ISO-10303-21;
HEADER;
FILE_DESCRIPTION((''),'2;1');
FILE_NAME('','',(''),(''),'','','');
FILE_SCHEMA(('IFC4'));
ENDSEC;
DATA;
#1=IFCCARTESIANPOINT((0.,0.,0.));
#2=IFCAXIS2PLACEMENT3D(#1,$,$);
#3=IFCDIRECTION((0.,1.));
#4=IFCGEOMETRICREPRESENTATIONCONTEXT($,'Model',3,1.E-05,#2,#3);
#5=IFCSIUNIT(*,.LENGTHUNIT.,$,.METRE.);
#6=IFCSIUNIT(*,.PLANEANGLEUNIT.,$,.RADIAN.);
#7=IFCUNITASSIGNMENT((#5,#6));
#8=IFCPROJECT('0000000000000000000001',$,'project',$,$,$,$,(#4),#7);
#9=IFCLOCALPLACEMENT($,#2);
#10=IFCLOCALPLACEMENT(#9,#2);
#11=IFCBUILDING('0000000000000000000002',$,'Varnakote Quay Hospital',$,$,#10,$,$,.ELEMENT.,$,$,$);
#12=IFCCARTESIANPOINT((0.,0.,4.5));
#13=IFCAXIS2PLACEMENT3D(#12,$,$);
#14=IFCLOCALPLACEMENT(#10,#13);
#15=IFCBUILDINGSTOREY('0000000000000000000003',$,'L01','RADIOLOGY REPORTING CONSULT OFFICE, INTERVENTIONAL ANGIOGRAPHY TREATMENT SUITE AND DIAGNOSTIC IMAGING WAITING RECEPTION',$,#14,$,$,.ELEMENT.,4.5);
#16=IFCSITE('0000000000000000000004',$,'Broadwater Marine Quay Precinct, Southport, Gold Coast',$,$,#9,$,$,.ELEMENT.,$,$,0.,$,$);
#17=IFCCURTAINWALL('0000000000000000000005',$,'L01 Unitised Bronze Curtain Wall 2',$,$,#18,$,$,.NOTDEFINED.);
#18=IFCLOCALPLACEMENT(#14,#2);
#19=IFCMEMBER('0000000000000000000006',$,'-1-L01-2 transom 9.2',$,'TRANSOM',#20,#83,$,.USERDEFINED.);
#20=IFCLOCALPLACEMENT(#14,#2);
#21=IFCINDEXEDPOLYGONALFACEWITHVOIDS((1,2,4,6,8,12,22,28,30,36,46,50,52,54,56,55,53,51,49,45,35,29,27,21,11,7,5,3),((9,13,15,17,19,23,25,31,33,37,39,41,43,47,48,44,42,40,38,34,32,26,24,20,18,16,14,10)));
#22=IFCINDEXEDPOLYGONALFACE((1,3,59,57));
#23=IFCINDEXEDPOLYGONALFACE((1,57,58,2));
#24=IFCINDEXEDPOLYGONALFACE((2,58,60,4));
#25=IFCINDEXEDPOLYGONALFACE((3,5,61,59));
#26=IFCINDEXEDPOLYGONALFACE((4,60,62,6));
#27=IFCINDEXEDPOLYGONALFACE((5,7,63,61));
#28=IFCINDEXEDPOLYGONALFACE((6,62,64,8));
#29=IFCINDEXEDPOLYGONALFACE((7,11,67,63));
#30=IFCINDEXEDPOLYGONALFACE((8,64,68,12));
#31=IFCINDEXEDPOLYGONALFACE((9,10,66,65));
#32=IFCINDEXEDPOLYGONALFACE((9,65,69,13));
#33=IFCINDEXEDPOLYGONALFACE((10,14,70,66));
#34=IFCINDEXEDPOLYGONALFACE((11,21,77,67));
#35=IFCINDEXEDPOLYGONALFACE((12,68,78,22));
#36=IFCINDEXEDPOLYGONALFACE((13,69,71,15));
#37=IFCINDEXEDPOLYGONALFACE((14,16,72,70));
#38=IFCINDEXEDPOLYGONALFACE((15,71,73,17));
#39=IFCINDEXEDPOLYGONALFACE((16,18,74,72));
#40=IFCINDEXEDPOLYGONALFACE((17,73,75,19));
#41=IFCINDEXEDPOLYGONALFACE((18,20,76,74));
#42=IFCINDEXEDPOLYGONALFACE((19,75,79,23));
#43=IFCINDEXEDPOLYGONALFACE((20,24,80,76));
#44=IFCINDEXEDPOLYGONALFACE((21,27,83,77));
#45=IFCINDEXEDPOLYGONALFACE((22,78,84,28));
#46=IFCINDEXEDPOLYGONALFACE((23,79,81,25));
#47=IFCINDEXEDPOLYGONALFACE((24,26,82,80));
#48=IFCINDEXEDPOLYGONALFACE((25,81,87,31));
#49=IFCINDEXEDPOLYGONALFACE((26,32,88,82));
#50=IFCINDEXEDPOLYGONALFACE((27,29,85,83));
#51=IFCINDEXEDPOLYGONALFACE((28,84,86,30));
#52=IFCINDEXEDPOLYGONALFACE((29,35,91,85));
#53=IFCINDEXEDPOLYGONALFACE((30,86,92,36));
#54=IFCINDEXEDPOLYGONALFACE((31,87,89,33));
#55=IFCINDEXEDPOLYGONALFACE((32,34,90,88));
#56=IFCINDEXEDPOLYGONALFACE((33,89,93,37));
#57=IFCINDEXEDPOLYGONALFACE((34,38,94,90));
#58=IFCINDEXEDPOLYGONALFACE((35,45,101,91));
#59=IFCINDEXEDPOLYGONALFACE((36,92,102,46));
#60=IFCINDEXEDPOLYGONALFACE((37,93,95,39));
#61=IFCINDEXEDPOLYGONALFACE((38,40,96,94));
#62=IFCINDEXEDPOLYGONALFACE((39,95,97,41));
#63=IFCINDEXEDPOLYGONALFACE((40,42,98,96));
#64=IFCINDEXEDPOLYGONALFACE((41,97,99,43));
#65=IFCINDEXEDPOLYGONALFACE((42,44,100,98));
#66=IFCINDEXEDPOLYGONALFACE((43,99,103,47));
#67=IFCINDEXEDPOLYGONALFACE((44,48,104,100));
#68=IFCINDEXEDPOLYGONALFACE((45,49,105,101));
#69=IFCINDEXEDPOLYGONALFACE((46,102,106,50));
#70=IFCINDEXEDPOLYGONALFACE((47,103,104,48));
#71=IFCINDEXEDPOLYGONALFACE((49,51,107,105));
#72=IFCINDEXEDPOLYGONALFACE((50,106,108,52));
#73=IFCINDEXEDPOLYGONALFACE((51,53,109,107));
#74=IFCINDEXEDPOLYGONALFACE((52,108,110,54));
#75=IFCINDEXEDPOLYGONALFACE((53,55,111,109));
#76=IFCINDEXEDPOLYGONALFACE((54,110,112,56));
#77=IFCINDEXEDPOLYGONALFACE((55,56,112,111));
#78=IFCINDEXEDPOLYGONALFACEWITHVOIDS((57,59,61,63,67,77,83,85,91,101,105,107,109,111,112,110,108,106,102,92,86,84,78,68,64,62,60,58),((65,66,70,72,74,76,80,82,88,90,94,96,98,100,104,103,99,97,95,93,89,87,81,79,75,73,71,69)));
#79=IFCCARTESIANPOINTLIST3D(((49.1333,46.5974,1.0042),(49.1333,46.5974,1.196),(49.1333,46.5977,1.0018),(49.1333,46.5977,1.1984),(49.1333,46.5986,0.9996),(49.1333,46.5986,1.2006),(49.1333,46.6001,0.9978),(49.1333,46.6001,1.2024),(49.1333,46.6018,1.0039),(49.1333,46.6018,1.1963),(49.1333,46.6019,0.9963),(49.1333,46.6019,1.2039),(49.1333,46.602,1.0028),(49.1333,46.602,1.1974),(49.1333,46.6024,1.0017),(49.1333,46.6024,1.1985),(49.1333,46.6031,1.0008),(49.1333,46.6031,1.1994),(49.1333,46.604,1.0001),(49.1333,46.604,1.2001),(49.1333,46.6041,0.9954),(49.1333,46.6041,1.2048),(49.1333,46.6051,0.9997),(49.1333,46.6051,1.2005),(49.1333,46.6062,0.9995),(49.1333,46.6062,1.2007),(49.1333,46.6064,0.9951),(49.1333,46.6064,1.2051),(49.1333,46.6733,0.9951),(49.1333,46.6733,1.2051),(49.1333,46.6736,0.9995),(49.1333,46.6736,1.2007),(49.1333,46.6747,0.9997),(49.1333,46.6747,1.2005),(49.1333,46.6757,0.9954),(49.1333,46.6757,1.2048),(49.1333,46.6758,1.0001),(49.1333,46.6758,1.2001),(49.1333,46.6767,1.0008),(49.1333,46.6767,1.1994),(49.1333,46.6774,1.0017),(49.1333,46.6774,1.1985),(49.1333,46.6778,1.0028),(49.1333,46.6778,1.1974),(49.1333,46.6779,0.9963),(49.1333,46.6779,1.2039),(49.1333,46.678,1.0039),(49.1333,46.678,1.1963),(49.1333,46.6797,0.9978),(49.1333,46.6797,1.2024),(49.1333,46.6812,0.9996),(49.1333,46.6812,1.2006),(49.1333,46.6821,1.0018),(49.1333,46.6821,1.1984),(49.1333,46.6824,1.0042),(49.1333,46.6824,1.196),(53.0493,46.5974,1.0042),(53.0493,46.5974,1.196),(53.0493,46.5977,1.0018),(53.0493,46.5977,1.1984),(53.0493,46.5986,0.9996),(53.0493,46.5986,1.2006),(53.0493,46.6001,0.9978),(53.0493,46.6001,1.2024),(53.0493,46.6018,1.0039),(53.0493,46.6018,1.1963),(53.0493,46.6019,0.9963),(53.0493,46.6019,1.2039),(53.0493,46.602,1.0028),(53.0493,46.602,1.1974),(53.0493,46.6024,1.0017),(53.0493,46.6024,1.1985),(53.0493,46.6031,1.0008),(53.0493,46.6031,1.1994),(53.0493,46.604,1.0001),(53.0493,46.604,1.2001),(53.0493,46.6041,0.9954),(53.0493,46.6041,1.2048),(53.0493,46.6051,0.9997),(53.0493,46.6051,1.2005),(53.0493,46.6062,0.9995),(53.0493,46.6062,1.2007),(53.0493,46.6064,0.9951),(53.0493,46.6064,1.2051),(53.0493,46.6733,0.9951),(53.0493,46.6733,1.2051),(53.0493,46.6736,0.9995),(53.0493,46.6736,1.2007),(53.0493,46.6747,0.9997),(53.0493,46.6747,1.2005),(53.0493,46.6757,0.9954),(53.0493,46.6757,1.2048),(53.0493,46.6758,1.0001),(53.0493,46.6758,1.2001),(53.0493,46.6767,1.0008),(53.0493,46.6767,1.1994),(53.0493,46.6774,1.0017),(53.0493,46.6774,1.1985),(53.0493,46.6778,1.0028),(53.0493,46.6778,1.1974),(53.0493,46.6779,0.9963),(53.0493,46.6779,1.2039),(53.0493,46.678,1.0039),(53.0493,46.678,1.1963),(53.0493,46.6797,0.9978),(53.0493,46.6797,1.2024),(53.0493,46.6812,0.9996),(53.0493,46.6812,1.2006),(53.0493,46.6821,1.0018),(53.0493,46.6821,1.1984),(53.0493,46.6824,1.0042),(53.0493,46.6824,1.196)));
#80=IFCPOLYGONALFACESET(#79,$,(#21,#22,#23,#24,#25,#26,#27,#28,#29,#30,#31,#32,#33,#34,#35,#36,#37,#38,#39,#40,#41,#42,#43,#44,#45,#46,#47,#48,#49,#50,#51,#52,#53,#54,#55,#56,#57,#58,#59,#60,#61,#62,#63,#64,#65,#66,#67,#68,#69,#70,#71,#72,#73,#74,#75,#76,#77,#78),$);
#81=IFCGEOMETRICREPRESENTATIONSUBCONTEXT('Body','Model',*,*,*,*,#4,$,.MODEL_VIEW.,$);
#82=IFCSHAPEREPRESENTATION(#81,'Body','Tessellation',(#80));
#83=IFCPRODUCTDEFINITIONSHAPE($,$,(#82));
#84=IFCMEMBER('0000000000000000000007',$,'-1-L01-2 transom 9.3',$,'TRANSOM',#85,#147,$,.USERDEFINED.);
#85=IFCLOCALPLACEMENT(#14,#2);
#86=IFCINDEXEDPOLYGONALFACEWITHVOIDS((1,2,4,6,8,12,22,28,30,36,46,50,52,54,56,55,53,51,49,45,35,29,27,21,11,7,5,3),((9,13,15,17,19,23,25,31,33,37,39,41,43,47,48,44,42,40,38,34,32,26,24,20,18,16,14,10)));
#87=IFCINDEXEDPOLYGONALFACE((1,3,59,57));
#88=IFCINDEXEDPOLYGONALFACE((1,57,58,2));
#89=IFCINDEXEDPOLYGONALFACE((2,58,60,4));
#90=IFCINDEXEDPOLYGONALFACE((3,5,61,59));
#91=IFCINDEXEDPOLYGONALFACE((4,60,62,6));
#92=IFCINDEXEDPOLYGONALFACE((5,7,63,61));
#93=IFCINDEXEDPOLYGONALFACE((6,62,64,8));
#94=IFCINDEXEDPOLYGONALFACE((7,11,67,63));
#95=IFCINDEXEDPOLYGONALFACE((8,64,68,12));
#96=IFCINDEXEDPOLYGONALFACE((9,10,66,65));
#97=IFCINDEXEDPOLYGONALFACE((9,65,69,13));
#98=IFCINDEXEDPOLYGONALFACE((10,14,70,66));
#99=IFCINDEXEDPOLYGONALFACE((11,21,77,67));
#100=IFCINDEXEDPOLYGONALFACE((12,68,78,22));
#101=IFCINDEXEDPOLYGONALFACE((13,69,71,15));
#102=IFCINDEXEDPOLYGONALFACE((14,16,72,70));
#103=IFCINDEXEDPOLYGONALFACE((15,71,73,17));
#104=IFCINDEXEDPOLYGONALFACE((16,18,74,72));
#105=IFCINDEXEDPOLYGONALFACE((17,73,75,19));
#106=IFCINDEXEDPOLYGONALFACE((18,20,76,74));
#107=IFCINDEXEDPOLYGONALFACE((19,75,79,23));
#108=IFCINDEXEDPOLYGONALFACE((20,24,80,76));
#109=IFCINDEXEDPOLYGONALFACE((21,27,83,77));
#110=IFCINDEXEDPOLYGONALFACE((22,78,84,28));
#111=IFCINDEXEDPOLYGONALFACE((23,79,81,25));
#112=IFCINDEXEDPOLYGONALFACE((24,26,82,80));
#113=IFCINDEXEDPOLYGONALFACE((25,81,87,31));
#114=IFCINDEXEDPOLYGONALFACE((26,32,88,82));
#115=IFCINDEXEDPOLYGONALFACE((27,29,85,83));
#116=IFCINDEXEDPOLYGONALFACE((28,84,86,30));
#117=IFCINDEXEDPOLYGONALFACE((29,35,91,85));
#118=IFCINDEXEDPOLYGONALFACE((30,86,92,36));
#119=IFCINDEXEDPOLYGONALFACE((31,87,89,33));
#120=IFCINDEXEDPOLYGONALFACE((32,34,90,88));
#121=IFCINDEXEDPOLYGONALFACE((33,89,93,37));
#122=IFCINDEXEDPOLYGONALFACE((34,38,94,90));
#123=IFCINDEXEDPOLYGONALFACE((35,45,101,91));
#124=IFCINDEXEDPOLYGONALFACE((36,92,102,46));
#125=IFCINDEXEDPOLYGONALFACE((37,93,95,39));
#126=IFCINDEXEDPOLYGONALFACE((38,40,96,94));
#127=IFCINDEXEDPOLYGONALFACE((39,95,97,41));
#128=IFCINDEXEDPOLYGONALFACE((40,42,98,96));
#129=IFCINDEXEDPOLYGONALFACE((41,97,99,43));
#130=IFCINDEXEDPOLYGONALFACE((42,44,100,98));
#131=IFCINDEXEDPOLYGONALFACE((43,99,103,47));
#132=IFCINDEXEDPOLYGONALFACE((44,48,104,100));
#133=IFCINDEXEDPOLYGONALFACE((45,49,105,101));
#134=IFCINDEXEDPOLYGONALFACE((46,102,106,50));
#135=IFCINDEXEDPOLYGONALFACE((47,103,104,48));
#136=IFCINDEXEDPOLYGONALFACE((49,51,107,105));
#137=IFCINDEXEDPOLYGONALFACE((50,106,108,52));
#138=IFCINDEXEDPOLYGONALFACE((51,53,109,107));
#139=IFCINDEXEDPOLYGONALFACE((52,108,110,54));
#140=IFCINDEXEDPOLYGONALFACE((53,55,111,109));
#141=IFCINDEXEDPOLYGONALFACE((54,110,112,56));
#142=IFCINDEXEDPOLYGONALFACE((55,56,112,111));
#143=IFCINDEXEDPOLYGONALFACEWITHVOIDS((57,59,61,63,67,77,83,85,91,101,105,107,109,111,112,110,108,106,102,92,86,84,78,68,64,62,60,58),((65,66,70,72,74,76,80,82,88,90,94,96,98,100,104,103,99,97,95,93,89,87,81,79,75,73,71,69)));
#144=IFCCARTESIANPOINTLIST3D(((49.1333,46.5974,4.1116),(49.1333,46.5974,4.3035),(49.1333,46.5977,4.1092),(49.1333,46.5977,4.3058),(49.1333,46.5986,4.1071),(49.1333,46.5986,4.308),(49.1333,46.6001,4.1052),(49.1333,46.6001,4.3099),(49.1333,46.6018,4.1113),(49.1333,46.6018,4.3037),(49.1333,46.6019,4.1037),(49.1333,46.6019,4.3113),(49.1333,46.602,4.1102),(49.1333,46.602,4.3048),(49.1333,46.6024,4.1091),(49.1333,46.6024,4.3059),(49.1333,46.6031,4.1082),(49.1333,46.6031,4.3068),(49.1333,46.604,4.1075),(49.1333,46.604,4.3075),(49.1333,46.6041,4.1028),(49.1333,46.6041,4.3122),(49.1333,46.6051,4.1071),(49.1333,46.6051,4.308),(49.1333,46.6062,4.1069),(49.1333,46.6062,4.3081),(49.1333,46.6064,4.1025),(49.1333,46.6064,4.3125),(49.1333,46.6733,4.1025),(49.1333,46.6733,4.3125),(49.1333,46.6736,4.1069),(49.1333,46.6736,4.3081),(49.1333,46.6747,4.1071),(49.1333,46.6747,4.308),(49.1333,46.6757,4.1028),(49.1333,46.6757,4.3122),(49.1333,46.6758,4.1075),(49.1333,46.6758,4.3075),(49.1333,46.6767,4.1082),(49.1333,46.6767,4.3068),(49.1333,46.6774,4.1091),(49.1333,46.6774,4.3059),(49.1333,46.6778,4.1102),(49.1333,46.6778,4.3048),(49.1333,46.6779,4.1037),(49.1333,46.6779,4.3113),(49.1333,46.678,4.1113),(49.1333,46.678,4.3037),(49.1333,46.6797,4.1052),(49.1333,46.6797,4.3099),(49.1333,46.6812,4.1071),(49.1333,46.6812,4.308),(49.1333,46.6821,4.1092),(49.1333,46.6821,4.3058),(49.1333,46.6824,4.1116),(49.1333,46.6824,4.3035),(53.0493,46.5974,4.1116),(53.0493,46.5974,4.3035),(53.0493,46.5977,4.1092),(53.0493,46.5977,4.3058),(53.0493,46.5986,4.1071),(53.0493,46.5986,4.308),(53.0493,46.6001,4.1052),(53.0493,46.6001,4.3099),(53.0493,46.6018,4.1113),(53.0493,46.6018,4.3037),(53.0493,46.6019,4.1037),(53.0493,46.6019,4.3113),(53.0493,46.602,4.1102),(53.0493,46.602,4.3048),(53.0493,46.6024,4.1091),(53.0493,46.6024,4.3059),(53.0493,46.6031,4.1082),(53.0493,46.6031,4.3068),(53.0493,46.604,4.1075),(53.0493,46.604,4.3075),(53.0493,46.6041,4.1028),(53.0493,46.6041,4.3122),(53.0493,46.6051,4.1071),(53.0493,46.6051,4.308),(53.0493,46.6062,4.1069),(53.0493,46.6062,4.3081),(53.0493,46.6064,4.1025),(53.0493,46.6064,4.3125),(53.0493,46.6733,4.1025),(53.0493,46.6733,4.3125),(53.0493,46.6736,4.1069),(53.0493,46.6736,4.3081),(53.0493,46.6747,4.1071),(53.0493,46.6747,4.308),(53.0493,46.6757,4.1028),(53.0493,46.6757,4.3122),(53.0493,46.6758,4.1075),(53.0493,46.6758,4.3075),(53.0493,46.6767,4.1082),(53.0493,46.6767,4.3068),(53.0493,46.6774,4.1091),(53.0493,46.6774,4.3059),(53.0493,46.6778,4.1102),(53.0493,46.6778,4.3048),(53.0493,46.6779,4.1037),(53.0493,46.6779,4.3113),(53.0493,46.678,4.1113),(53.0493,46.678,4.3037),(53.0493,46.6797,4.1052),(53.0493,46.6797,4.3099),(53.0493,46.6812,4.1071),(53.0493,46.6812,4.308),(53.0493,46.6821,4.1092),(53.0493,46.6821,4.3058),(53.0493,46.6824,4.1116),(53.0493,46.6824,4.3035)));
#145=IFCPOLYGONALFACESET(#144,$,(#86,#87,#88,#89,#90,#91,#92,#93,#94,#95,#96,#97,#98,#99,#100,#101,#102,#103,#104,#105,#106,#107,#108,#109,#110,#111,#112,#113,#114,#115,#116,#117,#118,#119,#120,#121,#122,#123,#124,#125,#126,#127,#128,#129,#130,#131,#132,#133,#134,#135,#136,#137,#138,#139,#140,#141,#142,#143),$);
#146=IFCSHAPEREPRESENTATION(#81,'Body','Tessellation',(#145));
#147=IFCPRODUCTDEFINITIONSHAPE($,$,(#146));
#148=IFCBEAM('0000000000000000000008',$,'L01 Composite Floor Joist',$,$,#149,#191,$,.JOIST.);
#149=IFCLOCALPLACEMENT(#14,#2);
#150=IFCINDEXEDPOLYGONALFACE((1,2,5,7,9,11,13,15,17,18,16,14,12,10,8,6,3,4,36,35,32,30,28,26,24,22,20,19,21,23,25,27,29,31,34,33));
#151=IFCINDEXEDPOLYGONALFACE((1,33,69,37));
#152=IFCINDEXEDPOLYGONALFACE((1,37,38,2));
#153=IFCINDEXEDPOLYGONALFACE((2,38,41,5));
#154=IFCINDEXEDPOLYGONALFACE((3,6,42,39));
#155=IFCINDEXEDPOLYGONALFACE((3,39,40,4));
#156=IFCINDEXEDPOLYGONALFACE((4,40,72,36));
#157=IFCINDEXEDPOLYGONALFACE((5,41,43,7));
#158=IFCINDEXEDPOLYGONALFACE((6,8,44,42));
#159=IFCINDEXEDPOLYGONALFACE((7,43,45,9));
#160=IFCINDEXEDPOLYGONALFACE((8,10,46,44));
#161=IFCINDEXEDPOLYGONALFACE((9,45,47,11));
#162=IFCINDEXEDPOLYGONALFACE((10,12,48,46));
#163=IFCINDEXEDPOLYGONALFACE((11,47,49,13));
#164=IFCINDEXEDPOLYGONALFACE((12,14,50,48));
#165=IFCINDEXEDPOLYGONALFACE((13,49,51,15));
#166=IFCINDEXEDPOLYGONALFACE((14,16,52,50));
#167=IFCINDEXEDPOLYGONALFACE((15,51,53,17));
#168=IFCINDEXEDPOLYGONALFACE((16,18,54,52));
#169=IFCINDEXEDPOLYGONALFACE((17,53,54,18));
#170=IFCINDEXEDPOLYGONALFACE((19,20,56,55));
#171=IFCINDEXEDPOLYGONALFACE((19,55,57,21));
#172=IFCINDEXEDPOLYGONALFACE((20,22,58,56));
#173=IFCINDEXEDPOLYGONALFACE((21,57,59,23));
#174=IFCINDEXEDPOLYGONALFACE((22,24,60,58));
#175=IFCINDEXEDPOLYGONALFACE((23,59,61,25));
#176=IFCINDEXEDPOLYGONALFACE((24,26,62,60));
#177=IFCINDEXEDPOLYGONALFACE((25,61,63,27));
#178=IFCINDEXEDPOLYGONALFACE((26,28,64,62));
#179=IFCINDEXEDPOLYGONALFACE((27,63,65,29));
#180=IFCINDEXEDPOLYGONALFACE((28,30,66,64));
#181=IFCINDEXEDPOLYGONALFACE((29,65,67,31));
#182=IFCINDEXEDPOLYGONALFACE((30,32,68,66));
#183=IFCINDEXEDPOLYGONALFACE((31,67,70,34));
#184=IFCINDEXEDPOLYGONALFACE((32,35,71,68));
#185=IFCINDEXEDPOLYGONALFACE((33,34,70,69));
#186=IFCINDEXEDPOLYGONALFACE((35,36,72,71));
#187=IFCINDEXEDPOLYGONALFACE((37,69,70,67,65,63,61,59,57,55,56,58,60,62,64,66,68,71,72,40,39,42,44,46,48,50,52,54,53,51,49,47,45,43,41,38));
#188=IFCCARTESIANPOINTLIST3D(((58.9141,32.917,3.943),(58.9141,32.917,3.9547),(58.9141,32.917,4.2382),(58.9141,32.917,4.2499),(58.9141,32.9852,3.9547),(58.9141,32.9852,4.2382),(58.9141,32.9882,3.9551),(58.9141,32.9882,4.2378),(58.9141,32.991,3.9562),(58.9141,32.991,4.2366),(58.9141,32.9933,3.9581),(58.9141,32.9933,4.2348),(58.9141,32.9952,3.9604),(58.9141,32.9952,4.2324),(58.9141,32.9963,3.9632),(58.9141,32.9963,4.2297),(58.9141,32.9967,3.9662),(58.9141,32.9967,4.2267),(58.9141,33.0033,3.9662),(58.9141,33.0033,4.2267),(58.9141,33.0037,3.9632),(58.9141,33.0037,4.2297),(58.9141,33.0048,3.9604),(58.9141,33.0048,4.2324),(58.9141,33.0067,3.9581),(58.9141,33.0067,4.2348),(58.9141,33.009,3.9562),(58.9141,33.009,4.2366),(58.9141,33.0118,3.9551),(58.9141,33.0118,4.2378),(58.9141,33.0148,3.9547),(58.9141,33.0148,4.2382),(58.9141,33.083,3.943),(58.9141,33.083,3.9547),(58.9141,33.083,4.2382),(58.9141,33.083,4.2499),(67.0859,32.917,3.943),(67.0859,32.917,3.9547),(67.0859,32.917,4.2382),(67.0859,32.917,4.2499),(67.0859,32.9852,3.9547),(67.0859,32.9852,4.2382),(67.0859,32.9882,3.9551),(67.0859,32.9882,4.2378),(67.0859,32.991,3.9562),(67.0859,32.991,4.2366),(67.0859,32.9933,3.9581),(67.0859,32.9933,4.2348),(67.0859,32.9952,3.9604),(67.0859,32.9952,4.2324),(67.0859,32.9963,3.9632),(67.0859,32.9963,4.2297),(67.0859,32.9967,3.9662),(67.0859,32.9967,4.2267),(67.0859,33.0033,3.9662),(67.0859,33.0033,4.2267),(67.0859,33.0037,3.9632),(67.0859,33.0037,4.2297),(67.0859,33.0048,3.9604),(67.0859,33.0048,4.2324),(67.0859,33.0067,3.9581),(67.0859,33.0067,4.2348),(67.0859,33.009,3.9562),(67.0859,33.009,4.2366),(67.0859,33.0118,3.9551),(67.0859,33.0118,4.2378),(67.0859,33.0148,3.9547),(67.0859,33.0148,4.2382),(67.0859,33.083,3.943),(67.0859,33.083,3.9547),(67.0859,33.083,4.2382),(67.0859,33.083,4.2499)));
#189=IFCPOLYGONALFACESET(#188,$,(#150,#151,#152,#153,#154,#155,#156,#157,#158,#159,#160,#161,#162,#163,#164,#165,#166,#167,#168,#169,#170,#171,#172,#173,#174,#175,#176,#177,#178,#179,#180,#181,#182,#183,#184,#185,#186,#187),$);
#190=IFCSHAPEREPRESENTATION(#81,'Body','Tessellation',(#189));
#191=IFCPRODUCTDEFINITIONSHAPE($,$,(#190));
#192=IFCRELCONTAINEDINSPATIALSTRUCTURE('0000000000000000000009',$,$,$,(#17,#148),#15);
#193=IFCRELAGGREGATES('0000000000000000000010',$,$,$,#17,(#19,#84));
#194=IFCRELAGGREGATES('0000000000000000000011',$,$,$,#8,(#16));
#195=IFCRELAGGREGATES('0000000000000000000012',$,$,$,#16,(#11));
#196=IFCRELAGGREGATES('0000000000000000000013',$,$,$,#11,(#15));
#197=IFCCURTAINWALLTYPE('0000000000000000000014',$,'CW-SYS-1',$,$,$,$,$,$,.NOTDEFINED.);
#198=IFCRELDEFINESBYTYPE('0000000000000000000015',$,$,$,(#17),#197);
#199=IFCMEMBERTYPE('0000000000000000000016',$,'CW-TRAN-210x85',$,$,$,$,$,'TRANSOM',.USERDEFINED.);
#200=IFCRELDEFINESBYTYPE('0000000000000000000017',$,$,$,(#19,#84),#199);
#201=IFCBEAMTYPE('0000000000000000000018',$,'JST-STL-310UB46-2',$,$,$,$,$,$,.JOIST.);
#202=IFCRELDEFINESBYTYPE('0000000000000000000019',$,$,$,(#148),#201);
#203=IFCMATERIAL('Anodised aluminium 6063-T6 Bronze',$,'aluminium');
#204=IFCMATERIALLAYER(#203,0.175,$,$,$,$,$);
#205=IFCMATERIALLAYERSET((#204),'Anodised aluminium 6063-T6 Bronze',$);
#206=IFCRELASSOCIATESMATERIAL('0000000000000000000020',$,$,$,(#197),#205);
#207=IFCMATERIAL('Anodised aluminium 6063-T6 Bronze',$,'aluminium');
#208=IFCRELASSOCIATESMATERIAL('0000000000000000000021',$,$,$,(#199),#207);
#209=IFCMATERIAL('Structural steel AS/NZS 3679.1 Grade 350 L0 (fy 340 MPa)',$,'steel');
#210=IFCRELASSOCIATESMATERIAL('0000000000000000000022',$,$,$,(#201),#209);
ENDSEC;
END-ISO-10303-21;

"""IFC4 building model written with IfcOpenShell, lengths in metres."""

from ifc_helpers import new_model, si_unit, direction, frame, origin, origin_2d, place, context, subcontext, project, spatial, hollow_rectangle, i_section, extrude, material, layer, layer_set, material_profile, profile_set, type_object, element, aggregate, save


model = new_model("IFC4")

# Units and contexts
model_context = context("Model", 3, precision=1e-05, world=origin(), true_north=direction((0.0, 1.0)))
body_context = subcontext(model_context, "Body", "Model", "MODEL_VIEW")
ifc_project = project(units=[si_unit("LENGTHUNIT", "METRE"), si_unit("PLANEANGLEUNIT", "RADIAN")], contexts=[model_context])

# Site, building, storey
site_placement = place(None, origin())
site = spatial("IfcSite", under=ifc_project, at=site_placement, Name="Broadwater Marine Quay Precinct, Southport, Gold Coast", CompositionType="ELEMENT", RefElevation=0.0)
building_placement = place(site_placement, origin())
building = spatial("IfcBuilding", under=site, at=building_placement, Name="Varnakote Quay Hospital", CompositionType="ELEMENT")
storey_placement = place(building_placement, frame((0.0, 0.0, 4.5)))
storey = spatial("IfcBuildingStorey", under=building, at=storey_placement, Name="L01", Description="RADIOLOGY REPORTING CONSULT OFFICE, INTERVENTIONAL ANGIOGRAPHY TREATMENT SUITE AND DIAGNOSTIC IMAGING WAITING RECEPTION", CompositionType="ELEMENT", Elevation=4.5)

# Curtain wall, members
ifc_material_1 = material(Name="Anodised aluminium 6063-T6 Bronze", Category="aluminium")
ifc_layer_1 = layer(ifc_material_1, 0.175)
ifc_layer_set_1 = layer_set([ifc_layer_1], Name="Anodised aluminium 6063-T6 Bronze")
curtain_wall_type = type_object("IfcCurtainWallType", Name="CW-SYS-1", PredefinedType="NOTDEFINED", material=ifc_layer_set_1)
curtain_wall_placement = place(storey_placement, origin())
curtain_wall = element("IfcCurtainWall", 1, at=curtain_wall_placement, inside=storey, type_object=curtain_wall_type, Name="L01 Unitised Bronze Curtain Wall 2", PredefinedType="NOTDEFINED")
ifc_material_2 = material(Name="Anodised aluminium 6063-T6 Bronze", Category="aluminium")
ifc_material_profile_1 = material_profile(ifc_material_2, hollow_rectangle(XDim=0.085, YDim=0.21, WallThickness=0.0044, InnerFilletRadius=0.0044, OuterFilletRadius=0.009, at=origin_2d()), Name="CW-TRAN-210x85")
ifc_profile_set_1 = profile_set([ifc_material_profile_1], Name="Anodised aluminium 6063-T6 Bronze")
member_type_1 = type_object("IfcMemberType", Name="CW-TRAN-210x85", ElementType="TRANSOM", PredefinedType="USERDEFINED", material=ifc_profile_set_1)
member_1_placement = place(storey_placement, frame((53.0493, 46.6399, 1.1001), z_axis=(-1.0, 0.0, 0.0), x_axis=(0.0, -1.0, 0.0)))
member_1 = element("IfcMember", 2, at=member_1_placement, type_object=member_type_1, Name="-1-L01-2 transom 9.2", ObjectType="TRANSOM", PredefinedType="USERDEFINED", context=body_context, shape_type="SweptSolid", body=[
    extrude(hollow_rectangle(XDim=0.085, YDim=0.21, WallThickness=0.0044, InnerFilletRadius=0.0044, OuterFilletRadius=0.009, at=origin_2d()), origin(), (0.0, 0.0, 1.0), 3.916),
])
member_2_placement = place(storey_placement, frame((53.0493, 46.6399, 4.2075), z_axis=(-1.0, 0.0, 0.0), x_axis=(0.0, -1.0, 0.0)))
member_2 = element("IfcMember", 3, at=member_2_placement, type_object=member_type_1, Name="-1-L01-2 transom 9.3", ObjectType="TRANSOM", PredefinedType="USERDEFINED", context=body_context, shape_type="SweptSolid", body=[
    extrude(hollow_rectangle(XDim=0.085, YDim=0.21, WallThickness=0.0044, InnerFilletRadius=0.0044, OuterFilletRadius=0.009, at=origin_2d()), origin(), (0.0, 0.0, 1.0), 3.916),
])

# Beam
ifc_material_3 = material(Name="Structural steel AS/NZS 3679.1 Grade 350 L0 (fy 340 MPa)", Category="steel")
ifc_material_profile_2 = material_profile(ifc_material_3, i_section(OverallWidth=0.166, OverallDepth=0.3069, WebThickness=0.0066, FlangeThickness=0.0117, FilletRadius=0.0115, at=origin_2d()), Name="310UB46.2")
ifc_profile_set_2 = profile_set([ifc_material_profile_2], Name="Structural steel AS/NZS 3679.1 Grade 350 L0 (fy 340 MPa)")
beam_type_1 = type_object("IfcBeamType", Name="JST-STL-310UB46-2", PredefinedType="JOIST", material=ifc_profile_set_2)
for number, where, z_axis, x_axis, name in (
    (4, (58.9141, 33.0, 4.0964), (1.0, 0.0, 0.0), (0.0, 1.0, 0.0), "L01 Composite Floor Joist"),
):
    element("IfcBeam", number, at=place(storey_placement, frame(where, z_axis=z_axis, x_axis=x_axis)), inside=storey, type_object=beam_type_1, Name=name, PredefinedType="JOIST", context=body_context, shape_type="SweptSolid", body=[
        extrude(i_section(OverallWidth=0.166, OverallDepth=0.3069, WebThickness=0.0066, FlangeThickness=0.0117, FilletRadius=0.0115, at=origin_2d()), origin(), (0.0, 0.0, 1.0), 8.1719),
    ])

aggregate(curtain_wall, [member_1, member_2])

save(model, "model.ifc")
